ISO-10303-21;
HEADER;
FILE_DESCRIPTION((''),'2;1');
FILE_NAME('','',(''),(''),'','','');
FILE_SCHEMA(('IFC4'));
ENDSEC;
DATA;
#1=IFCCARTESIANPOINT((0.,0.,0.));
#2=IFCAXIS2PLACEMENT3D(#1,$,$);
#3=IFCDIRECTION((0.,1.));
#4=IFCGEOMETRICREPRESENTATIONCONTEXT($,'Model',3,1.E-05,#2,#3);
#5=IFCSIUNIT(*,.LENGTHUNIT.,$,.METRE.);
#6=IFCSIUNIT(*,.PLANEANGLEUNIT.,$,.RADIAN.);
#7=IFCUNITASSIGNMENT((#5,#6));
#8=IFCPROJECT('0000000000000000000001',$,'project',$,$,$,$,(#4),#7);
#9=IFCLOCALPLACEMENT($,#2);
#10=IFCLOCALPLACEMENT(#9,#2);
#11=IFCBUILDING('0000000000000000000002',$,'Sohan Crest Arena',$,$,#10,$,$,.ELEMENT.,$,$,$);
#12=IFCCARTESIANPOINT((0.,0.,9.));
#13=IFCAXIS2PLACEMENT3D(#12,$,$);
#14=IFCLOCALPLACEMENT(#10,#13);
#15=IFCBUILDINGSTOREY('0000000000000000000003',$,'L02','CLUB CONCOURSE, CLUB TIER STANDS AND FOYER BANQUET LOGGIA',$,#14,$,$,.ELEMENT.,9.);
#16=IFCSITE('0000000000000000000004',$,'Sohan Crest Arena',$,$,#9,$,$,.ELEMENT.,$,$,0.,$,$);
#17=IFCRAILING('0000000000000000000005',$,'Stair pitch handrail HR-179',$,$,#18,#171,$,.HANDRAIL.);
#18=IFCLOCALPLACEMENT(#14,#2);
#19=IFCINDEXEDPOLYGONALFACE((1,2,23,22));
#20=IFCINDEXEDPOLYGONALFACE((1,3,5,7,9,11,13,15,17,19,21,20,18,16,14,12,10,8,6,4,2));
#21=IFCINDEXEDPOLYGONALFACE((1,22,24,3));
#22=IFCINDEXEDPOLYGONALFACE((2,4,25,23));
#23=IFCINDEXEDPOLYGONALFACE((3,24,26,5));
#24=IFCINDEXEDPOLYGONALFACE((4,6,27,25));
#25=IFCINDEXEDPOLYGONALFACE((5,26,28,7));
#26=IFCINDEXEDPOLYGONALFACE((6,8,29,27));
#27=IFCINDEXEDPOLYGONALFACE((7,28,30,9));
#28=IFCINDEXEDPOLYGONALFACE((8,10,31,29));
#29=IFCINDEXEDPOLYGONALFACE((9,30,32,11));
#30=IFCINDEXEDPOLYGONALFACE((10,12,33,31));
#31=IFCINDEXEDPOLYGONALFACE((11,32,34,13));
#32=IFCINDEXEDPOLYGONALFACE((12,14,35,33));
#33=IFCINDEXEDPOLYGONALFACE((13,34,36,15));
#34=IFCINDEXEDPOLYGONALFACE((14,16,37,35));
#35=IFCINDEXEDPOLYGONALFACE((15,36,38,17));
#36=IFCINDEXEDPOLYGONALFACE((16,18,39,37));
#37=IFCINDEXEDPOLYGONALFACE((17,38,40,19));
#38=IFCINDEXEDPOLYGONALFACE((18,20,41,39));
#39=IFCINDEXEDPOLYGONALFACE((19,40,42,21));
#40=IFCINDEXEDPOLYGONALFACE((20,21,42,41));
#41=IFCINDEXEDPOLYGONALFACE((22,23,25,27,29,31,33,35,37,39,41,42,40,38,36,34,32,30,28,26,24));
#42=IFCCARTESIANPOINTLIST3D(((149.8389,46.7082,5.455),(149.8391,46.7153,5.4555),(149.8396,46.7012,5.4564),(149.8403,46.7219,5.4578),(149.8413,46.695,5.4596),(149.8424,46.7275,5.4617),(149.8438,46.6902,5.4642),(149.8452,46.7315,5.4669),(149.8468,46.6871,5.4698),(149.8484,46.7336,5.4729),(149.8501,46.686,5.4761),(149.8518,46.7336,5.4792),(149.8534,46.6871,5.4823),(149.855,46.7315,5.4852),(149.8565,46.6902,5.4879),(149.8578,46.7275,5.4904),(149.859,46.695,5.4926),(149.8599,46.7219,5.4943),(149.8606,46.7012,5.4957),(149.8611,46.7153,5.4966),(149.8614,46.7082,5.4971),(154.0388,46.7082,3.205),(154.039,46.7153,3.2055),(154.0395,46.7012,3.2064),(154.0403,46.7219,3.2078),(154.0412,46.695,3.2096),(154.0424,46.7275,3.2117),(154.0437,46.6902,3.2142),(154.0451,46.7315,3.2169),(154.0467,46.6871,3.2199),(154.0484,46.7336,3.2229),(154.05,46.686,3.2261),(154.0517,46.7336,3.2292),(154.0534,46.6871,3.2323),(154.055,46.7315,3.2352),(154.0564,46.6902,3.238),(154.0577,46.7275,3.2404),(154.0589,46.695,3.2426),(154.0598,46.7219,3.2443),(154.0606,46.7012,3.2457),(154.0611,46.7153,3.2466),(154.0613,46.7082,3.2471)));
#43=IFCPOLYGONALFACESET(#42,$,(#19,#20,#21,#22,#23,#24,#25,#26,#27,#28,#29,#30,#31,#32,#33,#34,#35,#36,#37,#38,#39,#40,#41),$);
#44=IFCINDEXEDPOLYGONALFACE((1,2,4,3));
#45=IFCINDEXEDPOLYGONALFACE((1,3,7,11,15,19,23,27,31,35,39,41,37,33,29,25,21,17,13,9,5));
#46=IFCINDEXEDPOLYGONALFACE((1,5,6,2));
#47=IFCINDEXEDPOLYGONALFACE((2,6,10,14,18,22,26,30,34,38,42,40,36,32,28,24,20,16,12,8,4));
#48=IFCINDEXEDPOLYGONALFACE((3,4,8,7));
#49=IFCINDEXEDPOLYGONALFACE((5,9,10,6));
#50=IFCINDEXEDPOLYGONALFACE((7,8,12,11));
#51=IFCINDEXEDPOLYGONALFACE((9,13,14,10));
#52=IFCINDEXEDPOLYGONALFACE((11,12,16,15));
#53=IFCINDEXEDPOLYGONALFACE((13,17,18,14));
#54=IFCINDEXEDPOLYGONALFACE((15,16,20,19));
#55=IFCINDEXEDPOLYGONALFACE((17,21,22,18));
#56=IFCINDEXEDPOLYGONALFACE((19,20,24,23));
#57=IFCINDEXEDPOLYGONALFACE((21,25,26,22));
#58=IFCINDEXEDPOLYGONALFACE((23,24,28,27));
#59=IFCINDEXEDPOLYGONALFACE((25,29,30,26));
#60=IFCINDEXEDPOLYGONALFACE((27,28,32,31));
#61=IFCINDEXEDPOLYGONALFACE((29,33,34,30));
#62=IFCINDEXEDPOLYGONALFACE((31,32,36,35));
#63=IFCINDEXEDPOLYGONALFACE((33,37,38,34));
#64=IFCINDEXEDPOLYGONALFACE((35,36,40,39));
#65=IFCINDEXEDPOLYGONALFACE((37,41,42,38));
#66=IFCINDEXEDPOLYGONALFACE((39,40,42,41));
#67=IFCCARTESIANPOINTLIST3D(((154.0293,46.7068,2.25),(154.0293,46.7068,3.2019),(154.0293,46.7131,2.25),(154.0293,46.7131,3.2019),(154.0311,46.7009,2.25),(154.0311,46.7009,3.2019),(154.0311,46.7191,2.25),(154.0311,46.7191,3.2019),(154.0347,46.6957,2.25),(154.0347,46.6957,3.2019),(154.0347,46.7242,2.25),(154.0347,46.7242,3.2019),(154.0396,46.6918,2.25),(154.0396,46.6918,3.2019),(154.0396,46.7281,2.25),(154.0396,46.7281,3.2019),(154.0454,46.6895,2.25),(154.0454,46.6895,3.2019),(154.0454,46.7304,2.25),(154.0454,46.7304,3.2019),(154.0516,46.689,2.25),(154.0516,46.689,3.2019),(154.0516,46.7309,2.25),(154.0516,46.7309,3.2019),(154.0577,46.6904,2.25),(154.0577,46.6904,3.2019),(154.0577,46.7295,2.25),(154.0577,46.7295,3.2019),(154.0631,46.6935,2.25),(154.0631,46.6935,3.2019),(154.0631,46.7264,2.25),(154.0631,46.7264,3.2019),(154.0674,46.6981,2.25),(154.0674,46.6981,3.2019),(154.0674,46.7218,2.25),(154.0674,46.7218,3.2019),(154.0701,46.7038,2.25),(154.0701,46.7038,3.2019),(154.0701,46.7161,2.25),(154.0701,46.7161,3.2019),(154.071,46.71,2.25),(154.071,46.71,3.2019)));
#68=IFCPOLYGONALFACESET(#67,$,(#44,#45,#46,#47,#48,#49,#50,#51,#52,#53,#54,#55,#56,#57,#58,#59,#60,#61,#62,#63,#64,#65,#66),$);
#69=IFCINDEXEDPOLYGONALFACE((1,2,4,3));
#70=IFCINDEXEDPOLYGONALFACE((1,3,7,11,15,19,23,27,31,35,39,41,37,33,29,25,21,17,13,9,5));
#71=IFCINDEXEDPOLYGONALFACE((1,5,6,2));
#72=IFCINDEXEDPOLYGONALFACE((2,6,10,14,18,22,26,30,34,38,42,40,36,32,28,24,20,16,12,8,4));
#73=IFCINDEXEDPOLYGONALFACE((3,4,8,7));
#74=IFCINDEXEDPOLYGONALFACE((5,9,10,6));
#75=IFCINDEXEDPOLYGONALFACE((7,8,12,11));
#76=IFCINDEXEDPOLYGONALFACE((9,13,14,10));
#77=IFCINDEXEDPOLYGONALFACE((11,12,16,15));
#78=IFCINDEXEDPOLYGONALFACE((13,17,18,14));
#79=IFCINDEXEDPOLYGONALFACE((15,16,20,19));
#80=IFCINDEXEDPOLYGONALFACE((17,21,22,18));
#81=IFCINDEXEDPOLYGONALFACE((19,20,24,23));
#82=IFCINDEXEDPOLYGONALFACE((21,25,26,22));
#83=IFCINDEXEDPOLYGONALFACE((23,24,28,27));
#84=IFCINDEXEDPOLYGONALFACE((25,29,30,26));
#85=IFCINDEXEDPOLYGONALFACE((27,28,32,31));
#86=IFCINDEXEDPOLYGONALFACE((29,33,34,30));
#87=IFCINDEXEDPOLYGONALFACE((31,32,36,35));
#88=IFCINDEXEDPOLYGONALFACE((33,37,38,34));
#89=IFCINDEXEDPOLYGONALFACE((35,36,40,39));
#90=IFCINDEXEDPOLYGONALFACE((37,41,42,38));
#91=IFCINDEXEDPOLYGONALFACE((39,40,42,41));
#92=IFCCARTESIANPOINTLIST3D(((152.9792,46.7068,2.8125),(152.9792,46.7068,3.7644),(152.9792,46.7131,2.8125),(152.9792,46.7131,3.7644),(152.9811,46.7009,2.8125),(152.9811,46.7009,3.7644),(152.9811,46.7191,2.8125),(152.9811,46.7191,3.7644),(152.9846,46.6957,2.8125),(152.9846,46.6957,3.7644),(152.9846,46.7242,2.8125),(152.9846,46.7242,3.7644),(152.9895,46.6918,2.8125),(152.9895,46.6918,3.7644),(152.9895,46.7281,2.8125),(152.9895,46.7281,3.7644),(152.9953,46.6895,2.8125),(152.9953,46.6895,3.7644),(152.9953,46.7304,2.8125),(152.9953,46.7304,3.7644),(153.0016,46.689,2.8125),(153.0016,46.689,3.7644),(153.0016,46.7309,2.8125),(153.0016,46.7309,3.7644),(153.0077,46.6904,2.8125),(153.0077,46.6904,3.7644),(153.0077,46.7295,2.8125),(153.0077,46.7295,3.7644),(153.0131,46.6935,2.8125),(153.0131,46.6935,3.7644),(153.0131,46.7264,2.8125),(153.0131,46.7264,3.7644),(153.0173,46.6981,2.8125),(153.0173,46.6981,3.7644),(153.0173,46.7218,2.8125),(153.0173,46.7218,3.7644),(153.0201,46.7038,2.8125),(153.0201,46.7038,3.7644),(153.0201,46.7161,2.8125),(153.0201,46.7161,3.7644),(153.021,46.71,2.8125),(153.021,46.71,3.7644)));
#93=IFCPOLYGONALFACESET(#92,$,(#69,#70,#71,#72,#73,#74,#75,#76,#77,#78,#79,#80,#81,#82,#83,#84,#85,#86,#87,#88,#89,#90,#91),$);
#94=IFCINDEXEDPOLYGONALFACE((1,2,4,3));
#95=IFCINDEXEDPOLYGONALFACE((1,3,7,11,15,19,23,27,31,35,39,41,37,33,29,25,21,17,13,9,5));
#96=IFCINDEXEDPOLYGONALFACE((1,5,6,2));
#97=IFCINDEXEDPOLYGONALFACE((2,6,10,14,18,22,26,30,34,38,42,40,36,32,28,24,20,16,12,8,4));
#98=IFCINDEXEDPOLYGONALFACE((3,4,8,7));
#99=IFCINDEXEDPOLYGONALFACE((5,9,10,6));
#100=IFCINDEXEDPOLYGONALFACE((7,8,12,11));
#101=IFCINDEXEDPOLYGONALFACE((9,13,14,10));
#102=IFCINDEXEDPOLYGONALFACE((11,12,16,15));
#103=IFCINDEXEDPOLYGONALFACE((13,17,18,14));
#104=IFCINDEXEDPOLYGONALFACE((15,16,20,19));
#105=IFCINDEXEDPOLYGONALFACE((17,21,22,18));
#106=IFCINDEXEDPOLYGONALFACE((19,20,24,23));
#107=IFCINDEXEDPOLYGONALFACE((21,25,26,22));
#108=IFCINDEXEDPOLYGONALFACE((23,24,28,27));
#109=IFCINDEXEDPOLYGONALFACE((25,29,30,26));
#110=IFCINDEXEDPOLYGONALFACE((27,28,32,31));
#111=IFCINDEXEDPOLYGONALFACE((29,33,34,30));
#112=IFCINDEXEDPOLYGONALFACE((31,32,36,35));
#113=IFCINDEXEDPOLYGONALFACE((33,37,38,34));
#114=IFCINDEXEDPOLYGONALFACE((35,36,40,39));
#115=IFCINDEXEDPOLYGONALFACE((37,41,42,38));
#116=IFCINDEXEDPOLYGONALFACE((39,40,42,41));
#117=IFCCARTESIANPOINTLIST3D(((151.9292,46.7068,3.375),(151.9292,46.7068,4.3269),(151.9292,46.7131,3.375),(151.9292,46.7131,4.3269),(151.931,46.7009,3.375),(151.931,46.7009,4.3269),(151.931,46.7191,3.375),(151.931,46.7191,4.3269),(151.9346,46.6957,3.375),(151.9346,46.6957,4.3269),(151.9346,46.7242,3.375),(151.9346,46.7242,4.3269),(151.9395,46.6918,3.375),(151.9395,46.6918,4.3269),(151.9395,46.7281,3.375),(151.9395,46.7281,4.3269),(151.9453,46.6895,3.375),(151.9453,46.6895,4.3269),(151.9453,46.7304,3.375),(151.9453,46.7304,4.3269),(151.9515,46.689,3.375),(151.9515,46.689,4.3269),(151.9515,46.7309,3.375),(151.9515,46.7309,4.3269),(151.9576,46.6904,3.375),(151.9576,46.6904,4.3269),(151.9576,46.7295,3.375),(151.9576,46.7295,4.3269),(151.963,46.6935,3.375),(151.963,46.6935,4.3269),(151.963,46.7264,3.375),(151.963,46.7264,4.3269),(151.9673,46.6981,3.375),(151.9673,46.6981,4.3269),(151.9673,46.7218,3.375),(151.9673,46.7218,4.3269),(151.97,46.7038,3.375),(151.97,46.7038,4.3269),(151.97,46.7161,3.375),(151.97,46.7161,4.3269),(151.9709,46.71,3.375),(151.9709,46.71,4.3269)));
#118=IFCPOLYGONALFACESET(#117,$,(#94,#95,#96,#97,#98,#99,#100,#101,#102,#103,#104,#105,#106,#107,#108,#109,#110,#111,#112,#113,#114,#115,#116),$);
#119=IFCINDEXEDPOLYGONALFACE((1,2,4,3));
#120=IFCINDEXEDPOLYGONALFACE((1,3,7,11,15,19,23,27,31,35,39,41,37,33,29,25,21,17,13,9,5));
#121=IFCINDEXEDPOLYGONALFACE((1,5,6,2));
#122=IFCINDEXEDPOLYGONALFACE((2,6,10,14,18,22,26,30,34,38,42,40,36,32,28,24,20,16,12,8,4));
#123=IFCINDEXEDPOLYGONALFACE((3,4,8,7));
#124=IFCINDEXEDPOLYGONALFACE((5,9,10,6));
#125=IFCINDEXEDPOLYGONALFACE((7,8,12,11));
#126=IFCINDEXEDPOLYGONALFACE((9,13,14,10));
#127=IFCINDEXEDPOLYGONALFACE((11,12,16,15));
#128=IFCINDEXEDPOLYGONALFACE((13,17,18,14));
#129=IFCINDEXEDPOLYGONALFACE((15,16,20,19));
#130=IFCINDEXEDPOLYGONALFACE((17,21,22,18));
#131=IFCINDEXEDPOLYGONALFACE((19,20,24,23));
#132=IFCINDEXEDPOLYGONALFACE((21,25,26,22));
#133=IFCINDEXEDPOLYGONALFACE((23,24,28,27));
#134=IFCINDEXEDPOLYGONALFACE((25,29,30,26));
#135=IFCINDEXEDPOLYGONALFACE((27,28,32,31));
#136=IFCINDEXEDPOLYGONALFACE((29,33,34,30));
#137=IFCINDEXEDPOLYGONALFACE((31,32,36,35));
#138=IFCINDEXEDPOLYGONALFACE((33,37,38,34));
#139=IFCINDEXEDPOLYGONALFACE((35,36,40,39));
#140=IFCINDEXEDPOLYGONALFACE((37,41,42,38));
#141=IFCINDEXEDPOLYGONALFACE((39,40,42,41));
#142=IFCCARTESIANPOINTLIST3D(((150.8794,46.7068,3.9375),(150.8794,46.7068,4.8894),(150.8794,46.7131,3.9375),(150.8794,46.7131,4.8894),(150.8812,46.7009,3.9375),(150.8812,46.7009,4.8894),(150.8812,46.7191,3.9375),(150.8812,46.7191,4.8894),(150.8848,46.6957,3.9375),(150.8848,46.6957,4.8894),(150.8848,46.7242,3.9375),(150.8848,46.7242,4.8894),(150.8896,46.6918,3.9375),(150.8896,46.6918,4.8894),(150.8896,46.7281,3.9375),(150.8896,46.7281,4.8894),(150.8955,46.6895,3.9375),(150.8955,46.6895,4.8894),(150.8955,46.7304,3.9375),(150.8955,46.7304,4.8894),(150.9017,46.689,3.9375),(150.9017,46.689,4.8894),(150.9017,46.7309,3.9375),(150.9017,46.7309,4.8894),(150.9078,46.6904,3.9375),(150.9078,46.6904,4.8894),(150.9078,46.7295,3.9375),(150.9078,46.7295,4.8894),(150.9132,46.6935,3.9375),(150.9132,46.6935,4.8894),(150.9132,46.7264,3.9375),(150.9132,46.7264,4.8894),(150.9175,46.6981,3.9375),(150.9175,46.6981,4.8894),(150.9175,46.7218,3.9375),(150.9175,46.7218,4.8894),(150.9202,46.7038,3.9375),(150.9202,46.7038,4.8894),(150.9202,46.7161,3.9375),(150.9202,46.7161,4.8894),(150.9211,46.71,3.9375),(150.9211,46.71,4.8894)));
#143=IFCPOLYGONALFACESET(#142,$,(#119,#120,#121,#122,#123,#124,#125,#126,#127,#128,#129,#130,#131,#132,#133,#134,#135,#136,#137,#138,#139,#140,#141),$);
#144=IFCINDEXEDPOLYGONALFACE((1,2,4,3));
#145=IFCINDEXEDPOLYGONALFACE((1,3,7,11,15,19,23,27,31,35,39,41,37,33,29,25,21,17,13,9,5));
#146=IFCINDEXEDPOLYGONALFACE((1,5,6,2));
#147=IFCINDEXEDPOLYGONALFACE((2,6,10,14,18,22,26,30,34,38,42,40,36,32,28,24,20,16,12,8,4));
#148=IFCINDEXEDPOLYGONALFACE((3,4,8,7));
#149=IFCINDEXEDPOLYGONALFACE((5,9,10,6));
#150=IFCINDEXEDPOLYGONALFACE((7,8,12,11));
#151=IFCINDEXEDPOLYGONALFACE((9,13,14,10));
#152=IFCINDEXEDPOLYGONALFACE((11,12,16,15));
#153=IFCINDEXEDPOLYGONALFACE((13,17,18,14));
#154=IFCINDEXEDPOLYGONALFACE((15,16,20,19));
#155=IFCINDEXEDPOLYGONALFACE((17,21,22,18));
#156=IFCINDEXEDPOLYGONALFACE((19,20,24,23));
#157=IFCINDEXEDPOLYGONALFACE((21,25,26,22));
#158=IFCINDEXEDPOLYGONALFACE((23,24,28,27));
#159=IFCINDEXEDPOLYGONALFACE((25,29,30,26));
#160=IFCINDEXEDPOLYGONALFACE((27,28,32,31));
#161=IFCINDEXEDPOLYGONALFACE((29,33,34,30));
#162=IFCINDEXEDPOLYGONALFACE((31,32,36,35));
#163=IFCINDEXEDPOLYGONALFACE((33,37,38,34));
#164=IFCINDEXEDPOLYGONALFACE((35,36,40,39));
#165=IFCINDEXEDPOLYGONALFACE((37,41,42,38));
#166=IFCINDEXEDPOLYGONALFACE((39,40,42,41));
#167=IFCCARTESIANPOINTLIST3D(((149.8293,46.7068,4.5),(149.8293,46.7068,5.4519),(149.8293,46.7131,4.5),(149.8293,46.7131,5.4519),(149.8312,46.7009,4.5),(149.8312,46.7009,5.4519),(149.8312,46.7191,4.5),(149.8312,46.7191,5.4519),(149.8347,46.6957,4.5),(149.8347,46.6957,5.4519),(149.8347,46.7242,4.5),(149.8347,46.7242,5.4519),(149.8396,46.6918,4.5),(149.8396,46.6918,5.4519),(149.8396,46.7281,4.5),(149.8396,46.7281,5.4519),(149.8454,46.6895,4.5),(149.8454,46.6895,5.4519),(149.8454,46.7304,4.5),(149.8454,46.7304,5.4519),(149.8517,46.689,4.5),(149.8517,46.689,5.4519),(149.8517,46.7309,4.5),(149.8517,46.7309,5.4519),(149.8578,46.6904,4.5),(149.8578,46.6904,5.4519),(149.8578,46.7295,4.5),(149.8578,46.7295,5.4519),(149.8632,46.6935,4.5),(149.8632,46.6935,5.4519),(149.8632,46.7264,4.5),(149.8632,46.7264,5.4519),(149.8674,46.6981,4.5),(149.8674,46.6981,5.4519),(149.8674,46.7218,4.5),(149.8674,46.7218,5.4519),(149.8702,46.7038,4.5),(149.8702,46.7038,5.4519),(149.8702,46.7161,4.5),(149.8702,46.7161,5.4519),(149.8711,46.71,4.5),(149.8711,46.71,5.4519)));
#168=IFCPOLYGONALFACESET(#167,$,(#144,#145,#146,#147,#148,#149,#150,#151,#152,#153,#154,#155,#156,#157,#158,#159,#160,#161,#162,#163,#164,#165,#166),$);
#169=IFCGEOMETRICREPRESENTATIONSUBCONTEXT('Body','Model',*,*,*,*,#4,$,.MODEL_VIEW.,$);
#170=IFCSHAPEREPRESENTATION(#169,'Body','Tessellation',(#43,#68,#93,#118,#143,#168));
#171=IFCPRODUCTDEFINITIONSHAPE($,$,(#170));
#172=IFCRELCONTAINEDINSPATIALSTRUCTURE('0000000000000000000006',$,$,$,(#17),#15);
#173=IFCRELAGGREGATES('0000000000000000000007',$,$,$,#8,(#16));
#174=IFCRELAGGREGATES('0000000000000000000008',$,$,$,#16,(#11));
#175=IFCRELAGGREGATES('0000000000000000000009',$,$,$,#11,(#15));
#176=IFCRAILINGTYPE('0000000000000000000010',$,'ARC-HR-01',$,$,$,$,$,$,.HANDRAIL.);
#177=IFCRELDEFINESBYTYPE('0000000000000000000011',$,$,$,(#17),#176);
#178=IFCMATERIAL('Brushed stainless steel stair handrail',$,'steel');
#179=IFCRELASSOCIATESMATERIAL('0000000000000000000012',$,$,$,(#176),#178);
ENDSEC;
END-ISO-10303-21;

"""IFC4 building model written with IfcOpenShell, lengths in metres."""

from ifc_helpers import new_model, si_unit, direction, frame, origin, origin_2d, place, context, subcontext, project, spatial, circle, extrude, material, type_object, element, save


model = new_model("IFC4")

# Units and contexts
model_context = context("Model", 3, precision=1e-05, world=origin(), true_north=direction((0.0, 1.0)))
body_context = subcontext(model_context, "Body", "Model", "MODEL_VIEW")
ifc_project = project(units=[si_unit("LENGTHUNIT", "METRE"), si_unit("PLANEANGLEUNIT", "RADIAN")], contexts=[model_context])

# Site, building, storey
site_placement = place(None, origin())
site = spatial("IfcSite", under=ifc_project, at=site_placement, Name="Sohan Crest Arena", CompositionType="ELEMENT", RefElevation=0.0)
building_placement = place(site_placement, origin())
building = spatial("IfcBuilding", under=site, at=building_placement, Name="Sohan Crest Arena", CompositionType="ELEMENT")
storey_placement = place(building_placement, frame((0.0, 0.0, 9.0)))
storey = spatial("IfcBuildingStorey", under=building, at=storey_placement, Name="L02", Description="CLUB CONCOURSE, CLUB TIER STANDS AND FOYER BANQUET LOGGIA", CompositionType="ELEMENT", Elevation=9.0)

# Railing
ifc_material_1 = material(Name="Brushed stainless steel stair handrail", Category="steel")
railing_type_1 = type_object("IfcRailingType", Name="ARC-HR-01", PredefinedType="HANDRAIL", material=ifc_material_1)
railing_1_placement = place(storey_placement, frame((154.05, 46.71, 2.25)))
element("IfcRailing", 1, at=railing_1_placement, inside=storey, type_object=railing_type_1, Name="Stair pitch handrail HR-179", PredefinedType="HANDRAIL", context=body_context, shape_type="SweptSolid", body=[
    extrude(circle(Radius=0.0239, at=origin_2d()), frame((0.0, 0.0, 0.9761), z_axis=(-0.881478, 0.0, 0.472226), x_axis=(0.0, -1.0, 0.0)), (0.0, 0.0, 1.0), 4.7646),
    extrude(circle(Radius=0.021, at=origin_2d()), origin(), (0.0, 0.0, 1.0), 0.9519),
    extrude(circle(Radius=0.021, at=origin_2d()), frame((-1.05, 0.0, 0.5625)), (0.0, 0.0, 1.0), 0.9519),
    extrude(circle(Radius=0.021, at=origin_2d()), frame((-2.1001, 0.0, 1.125)), (0.0, 0.0, 1.0), 0.9519),
    extrude(circle(Radius=0.021, at=origin_2d()), frame((-3.1499, 0.0, 1.6875)), (0.0, 0.0, 1.0), 0.9519),
    extrude(circle(Radius=0.021, at=origin_2d()), frame((-4.2, 0.0, 2.25)), (0.0, 0.0, 1.0), 0.9519),
])

save(model, "model.ifc")
